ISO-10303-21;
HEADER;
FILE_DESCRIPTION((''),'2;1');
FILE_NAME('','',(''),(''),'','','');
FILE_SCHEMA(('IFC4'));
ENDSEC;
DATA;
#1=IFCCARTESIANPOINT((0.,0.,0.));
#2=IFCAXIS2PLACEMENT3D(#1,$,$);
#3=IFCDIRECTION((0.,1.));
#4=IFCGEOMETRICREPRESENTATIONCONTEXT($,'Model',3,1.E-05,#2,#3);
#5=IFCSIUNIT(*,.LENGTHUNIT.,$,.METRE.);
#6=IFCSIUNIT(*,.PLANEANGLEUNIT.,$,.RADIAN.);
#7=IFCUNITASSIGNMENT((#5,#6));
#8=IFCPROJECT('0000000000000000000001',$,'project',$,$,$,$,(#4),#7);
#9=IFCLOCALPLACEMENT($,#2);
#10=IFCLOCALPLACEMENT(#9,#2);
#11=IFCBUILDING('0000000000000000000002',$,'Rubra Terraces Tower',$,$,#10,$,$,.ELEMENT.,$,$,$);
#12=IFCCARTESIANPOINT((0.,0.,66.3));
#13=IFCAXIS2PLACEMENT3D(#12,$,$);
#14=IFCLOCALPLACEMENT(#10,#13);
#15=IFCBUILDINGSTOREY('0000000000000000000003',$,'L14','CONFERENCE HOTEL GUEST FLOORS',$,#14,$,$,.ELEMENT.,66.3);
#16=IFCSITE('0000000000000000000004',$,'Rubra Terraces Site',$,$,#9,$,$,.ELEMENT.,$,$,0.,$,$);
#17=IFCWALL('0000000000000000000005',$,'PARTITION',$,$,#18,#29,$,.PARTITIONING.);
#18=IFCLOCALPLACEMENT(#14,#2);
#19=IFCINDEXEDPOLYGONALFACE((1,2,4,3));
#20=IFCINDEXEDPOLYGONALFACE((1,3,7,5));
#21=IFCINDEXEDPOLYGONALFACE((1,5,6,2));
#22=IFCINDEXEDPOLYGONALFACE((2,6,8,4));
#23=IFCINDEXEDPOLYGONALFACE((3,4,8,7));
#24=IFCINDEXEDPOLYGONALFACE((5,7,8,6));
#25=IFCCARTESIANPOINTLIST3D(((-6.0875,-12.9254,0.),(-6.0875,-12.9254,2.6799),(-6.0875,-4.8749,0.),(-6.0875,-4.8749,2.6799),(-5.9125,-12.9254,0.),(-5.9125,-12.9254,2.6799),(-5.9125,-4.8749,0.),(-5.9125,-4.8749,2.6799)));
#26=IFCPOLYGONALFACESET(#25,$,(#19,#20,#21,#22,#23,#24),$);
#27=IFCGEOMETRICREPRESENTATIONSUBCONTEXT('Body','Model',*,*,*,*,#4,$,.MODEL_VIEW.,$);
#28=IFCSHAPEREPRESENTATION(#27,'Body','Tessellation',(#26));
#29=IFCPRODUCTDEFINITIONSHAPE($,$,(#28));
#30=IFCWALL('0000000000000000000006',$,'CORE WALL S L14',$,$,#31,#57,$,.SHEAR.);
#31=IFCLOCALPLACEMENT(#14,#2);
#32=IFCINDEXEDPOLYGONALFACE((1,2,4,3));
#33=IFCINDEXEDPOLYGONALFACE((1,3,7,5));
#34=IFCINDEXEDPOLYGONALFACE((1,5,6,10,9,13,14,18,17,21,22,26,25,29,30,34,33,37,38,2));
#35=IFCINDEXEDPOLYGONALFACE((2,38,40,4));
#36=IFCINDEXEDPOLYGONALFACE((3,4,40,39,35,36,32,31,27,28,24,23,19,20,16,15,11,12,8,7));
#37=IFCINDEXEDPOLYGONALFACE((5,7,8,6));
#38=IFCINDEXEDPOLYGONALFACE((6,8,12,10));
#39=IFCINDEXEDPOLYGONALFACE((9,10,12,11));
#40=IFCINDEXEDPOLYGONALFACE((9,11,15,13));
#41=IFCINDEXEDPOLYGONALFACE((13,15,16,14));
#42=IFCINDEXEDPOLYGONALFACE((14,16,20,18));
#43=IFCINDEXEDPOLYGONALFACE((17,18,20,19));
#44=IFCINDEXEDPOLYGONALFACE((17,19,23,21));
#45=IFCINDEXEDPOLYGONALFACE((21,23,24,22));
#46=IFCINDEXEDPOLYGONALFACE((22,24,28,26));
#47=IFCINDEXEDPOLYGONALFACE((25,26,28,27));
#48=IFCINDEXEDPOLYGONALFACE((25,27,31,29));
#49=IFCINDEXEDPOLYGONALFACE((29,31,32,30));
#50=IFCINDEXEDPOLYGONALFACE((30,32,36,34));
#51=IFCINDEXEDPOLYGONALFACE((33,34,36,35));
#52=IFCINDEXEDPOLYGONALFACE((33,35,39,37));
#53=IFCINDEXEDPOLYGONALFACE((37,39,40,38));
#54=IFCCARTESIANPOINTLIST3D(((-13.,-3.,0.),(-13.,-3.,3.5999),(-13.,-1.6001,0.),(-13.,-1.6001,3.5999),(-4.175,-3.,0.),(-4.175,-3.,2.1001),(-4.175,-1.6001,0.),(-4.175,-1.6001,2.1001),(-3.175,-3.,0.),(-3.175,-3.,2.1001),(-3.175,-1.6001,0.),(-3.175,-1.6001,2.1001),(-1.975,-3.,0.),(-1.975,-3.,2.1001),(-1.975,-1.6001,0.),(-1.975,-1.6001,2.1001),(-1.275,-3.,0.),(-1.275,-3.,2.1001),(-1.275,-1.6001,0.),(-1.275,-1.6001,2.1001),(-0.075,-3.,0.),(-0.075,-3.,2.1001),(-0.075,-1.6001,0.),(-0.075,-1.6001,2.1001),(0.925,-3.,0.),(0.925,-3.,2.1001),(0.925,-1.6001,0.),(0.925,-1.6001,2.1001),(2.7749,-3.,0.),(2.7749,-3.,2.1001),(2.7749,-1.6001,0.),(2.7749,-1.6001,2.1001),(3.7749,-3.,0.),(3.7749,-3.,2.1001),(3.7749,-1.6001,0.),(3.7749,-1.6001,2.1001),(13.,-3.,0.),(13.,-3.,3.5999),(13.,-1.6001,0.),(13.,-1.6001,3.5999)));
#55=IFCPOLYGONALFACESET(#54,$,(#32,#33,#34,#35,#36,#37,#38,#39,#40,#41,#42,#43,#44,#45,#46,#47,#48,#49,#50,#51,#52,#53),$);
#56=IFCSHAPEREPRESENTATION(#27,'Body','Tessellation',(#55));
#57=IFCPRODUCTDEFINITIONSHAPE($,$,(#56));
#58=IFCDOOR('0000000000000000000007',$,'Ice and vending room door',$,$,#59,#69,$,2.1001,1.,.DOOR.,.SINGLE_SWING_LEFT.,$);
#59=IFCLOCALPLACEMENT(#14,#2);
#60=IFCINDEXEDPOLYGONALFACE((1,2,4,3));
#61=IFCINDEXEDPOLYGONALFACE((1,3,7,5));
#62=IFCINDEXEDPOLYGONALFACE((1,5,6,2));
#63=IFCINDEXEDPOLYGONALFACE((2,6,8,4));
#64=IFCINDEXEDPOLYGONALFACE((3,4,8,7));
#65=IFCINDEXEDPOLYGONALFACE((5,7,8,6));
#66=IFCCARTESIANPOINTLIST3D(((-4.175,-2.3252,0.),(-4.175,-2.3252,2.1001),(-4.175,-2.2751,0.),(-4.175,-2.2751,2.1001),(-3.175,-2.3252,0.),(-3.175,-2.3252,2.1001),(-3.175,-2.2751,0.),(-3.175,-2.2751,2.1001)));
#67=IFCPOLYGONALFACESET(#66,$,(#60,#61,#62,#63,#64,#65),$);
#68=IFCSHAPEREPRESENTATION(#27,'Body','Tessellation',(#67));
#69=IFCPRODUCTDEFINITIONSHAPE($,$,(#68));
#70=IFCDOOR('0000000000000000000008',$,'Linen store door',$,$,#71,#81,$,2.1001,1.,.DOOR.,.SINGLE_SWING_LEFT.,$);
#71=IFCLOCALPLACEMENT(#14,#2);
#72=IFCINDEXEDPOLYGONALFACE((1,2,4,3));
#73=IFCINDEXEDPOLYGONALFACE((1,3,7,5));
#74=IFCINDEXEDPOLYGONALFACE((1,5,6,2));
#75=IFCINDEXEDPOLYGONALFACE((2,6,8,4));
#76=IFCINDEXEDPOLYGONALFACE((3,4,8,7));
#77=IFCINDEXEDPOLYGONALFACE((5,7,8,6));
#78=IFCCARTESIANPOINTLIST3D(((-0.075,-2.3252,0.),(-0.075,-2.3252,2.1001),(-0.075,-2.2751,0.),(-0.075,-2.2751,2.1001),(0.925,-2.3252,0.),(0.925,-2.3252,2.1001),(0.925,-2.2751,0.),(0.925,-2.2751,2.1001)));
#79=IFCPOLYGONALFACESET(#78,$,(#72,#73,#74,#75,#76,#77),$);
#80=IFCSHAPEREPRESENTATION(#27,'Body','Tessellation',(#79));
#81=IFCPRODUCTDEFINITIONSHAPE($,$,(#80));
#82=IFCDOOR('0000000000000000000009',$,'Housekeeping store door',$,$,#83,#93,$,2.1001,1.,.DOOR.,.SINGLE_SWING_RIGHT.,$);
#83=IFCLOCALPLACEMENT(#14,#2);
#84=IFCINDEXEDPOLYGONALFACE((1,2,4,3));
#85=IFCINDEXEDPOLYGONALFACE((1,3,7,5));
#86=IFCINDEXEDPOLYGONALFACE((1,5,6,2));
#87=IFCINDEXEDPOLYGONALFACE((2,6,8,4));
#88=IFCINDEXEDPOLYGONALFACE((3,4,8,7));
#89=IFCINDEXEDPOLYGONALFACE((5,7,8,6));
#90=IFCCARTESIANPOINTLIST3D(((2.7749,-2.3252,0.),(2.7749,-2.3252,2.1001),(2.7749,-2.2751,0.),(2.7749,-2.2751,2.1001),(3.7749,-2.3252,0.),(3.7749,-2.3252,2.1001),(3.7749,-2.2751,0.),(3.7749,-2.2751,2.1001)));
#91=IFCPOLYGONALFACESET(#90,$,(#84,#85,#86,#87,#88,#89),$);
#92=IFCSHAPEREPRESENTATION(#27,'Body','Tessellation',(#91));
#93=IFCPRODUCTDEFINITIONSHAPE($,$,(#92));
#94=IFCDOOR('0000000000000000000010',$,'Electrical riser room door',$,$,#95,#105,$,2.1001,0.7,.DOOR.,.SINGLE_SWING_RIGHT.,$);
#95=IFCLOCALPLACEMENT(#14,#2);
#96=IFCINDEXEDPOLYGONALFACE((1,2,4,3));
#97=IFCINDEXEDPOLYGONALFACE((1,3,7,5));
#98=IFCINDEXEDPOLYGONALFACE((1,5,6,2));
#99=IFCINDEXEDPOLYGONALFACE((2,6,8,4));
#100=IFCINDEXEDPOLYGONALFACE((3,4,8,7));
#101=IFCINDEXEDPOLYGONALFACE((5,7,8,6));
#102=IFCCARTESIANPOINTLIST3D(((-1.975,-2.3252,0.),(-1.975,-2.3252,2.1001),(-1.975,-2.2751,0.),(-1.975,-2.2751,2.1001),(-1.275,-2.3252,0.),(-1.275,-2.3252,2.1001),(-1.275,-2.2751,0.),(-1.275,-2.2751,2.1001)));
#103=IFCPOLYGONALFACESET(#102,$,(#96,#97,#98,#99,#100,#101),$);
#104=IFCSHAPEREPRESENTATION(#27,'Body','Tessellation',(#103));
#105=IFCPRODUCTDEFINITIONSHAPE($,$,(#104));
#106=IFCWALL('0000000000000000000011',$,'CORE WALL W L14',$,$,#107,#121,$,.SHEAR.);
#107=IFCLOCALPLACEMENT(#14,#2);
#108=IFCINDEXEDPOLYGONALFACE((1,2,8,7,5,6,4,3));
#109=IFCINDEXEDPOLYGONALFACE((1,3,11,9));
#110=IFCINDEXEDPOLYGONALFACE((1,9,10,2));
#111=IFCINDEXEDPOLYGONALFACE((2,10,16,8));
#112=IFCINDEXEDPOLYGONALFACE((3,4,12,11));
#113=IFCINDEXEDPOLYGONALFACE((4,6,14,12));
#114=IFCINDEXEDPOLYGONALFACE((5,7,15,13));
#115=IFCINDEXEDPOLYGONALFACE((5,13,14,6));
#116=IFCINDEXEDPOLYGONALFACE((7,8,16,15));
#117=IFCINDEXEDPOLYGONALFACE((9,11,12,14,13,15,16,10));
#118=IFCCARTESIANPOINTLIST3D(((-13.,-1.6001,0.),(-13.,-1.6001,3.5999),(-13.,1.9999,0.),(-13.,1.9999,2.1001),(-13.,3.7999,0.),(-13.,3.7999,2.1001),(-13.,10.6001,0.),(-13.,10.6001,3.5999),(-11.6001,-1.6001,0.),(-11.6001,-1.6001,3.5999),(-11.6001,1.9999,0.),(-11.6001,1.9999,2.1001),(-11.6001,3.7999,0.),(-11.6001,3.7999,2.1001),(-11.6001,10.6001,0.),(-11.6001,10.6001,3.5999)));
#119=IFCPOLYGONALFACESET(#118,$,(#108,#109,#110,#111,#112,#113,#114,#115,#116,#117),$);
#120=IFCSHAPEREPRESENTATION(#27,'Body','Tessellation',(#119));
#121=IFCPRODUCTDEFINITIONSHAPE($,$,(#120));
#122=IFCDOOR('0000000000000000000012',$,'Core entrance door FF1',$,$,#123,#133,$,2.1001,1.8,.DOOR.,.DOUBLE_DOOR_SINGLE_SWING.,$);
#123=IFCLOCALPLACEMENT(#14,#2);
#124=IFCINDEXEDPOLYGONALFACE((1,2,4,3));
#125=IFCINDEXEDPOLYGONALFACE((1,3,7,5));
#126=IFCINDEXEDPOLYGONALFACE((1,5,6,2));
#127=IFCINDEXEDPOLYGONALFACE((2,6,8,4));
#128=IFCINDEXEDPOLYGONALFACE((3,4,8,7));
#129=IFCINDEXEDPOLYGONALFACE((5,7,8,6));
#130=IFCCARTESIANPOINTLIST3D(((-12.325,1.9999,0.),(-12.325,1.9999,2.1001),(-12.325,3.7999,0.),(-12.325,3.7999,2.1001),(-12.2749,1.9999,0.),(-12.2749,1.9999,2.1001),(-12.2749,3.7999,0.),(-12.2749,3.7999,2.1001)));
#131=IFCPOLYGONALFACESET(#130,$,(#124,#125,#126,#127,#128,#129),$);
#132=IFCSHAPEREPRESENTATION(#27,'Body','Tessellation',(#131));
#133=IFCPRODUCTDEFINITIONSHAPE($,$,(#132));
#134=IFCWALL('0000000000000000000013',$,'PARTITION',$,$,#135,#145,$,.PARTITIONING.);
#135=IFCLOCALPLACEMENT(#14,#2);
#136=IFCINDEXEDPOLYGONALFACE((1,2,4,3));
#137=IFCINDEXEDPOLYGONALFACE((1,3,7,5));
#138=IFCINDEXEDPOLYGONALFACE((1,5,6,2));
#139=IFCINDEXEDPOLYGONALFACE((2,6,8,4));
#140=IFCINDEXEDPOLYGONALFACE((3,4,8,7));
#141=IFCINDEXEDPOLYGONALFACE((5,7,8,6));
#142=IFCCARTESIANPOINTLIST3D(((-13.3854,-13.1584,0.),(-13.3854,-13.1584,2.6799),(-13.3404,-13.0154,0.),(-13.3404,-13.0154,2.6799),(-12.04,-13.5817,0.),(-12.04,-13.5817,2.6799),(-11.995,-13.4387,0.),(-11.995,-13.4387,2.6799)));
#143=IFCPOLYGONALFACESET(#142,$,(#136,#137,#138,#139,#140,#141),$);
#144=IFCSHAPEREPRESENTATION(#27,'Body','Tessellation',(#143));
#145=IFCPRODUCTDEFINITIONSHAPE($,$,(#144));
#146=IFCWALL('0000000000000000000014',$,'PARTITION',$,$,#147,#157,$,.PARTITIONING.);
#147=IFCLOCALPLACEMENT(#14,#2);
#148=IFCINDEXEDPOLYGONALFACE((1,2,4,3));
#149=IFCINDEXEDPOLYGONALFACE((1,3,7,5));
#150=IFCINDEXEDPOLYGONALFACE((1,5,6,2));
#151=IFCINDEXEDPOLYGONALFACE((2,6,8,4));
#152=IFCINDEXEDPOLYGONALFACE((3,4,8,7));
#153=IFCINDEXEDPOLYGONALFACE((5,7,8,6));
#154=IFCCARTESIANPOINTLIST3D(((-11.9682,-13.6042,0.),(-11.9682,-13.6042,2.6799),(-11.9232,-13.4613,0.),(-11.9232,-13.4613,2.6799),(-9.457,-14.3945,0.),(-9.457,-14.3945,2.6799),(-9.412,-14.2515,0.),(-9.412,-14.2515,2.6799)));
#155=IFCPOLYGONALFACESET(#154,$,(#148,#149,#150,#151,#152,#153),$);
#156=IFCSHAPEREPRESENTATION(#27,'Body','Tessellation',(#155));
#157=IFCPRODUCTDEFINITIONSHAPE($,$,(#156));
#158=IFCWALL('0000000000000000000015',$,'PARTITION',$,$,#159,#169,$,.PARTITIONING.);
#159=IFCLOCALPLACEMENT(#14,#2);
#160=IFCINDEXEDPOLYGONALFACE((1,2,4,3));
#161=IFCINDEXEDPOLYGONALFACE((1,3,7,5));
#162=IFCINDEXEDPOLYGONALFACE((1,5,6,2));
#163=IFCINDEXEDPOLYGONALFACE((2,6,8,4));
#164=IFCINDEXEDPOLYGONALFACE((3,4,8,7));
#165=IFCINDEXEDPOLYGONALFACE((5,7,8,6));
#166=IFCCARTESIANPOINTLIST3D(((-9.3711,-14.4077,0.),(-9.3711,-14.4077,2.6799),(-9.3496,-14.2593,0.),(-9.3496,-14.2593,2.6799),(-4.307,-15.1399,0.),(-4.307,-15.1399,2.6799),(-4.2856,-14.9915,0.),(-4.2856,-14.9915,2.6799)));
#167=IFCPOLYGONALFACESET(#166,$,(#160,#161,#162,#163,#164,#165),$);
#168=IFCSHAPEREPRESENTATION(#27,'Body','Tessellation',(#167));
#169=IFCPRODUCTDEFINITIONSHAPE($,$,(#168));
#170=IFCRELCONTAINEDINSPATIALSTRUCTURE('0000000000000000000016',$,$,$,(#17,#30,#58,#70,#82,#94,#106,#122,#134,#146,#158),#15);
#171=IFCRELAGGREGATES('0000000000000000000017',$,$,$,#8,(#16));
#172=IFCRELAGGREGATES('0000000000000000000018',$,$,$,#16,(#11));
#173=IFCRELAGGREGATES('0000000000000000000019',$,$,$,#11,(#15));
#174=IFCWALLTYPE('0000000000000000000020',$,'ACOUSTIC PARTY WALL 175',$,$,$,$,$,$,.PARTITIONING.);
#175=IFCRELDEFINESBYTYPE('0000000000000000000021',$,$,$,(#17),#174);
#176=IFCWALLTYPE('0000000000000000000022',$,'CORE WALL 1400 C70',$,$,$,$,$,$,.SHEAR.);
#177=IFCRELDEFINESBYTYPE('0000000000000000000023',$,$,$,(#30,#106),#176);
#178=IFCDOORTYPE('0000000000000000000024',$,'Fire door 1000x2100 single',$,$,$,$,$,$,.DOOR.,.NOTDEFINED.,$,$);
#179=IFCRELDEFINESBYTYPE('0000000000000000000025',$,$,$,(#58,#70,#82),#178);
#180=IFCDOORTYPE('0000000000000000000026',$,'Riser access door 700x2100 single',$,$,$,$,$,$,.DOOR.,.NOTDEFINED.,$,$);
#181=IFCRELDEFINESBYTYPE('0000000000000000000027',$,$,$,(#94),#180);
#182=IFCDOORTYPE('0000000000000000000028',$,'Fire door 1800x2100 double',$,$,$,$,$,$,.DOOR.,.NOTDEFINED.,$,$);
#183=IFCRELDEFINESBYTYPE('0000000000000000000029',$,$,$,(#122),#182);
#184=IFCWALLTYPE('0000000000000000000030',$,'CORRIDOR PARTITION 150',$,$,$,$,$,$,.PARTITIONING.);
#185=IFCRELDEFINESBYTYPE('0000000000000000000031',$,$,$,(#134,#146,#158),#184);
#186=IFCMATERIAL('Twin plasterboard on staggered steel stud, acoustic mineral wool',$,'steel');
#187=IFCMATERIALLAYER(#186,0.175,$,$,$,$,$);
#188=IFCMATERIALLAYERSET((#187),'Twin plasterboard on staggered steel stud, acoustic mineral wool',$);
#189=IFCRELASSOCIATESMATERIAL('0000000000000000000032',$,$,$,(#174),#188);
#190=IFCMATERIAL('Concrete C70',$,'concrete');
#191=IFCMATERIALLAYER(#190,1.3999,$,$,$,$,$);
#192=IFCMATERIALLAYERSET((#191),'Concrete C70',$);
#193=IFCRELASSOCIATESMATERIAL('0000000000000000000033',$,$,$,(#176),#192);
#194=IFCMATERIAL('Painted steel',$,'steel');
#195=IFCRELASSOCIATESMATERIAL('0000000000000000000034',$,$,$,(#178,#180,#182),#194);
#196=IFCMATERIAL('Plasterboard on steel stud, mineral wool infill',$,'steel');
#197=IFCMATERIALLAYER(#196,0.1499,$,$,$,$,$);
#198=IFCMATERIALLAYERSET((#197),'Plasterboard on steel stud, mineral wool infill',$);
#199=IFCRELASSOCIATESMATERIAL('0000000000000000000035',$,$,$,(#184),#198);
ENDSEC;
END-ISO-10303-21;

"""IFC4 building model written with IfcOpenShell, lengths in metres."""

from ifc_helpers import new_model, si_unit, direction, frame, frame_2d, origin, place, context, subcontext, project, spatial, rectangle, extrude, material, layer, layer_set, type_object, element, fill, save


model = new_model("IFC4")

# Units and contexts
model_context = context("Model", 3, precision=1e-05, world=origin(), true_north=direction((0.0, 1.0)))
body_context = subcontext(model_context, "Body", "Model", "MODEL_VIEW")
ifc_project = project(units=[si_unit("LENGTHUNIT", "METRE"), si_unit("PLANEANGLEUNIT", "RADIAN")], contexts=[model_context])

# Site, building, storey
site_placement = place(None, origin())
site = spatial("IfcSite", under=ifc_project, at=site_placement, Name="Rubra Terraces Site", CompositionType="ELEMENT", RefElevation=0.0)
building_placement = place(site_placement, origin())
building = spatial("IfcBuilding", under=site, at=building_placement, Name="Rubra Terraces Tower", CompositionType="ELEMENT")
storey_placement = place(building_placement, frame((0.0, 0.0, 66.3)))
storey = spatial("IfcBuildingStorey", under=building, at=storey_placement, Name="L14", Description="CONFERENCE HOTEL GUEST FLOORS", CompositionType="ELEMENT", Elevation=66.3)

# Wall
ifc_material_1 = material(Name="Twin plasterboard on staggered steel stud, acoustic mineral wool", Category="steel")
ifc_layer_1 = layer(ifc_material_1, 0.175)
ifc_layer_set_1 = layer_set([ifc_layer_1], Name="Twin plasterboard on staggered steel stud, acoustic mineral wool")
wall_type_1 = type_object("IfcWallType", Name="ACOUSTIC PARTY WALL 175", PredefinedType="PARTITIONING", material=ifc_layer_set_1)
wall_1_placement = place(storey_placement, frame((-6.0, -12.9255, 0.0), z_axis=(0.0, 0.0, 1.0), x_axis=(0.0, 1.0, 0.0)))
element("IfcWall", 1, at=wall_1_placement, inside=storey, type_object=wall_type_1, Name="PARTITION", PredefinedType="PARTITIONING", context=body_context, shape_type="SweptSolid", body=[
    extrude(rectangle(XDim=8.0505, YDim=0.175, at=frame_2d((4.0254, 0.0))), origin(), (0.0, 0.0, 1.0), 2.6799),
])

# Wall, openings, doors
ifc_material_2 = material(Name="Concrete C70", Category="concrete")
ifc_layer_2 = layer(ifc_material_2, 1.3999)
ifc_layer_set_2 = layer_set([ifc_layer_2], Name="Concrete C70")
wall_type_2 = type_object("IfcWallType", Name="CORE WALL 1400 C70", PredefinedType="SHEAR", material=ifc_layer_set_2)
wall_2_placement = place(storey_placement, frame((-13.0, -2.3, 0.0), z_axis=(0.0, 0.0, 1.0), x_axis=(1.0, 0.0, 0.0)))
wall_2 = element("IfcWall", 2, at=wall_2_placement, inside=storey, type_object=wall_type_2, Name="CORE WALL S L14", PredefinedType="SHEAR", context=body_context, shape_type="SweptSolid", body=[
    extrude(rectangle(XDim=26.0, YDim=1.3999, at=frame_2d((13.0, 0.0))), origin(), (0.0, 0.0, 1.0), 3.5999),
])
opening_1_placement = place(wall_2_placement, frame((8.825, 0.0, 0.0)))
opening_1 = element("IfcOpeningElement", 3, at=opening_1_placement, cuts=wall_2, PredefinedType="OPENING", context=body_context, shape_type="SweptSolid", body=[
    extrude(rectangle(XDim=1.0, YDim=2.1001, at=frame_2d((0.5, 1.05))), frame((0.0, 0.71, 0.0), z_axis=(0.0, -1.0, 0.0), x_axis=(1.0, 0.0, 0.0)), (0.0, 0.0, 1.0), 1.4199),
])
opening_2_placement = place(wall_2_placement, frame((11.0249, 0.0, 0.0)))
opening_2 = element("IfcOpeningElement", 4, at=opening_2_placement, cuts=wall_2, PredefinedType="OPENING", context=body_context, shape_type="SweptSolid", body=[
    extrude(rectangle(XDim=0.7, YDim=2.1001, at=frame_2d((0.3501, 1.05))), frame((0.0, 0.71, 0.0), z_axis=(0.0, -1.0, 0.0), x_axis=(1.0, 0.0, 0.0)), (0.0, 0.0, 1.0), 1.4199),
])
opening_3_placement = place(wall_2_placement, frame((12.925, 0.0, 0.0)))
opening_3 = element("IfcOpeningElement", 5, at=opening_3_placement, cuts=wall_2, PredefinedType="OPENING", context=body_context, shape_type="SweptSolid", body=[
    extrude(rectangle(XDim=1.0, YDim=2.1001, at=frame_2d((0.5, 1.05))), frame((0.0, 0.71, 0.0), z_axis=(0.0, -1.0, 0.0), x_axis=(1.0, 0.0, 0.0)), (0.0, 0.0, 1.0), 1.4199),
])
opening_4_placement = place(wall_2_placement, frame((15.7749, 0.0, 0.0)))
opening_4 = element("IfcOpeningElement", 6, at=opening_4_placement, cuts=wall_2, PredefinedType="OPENING", context=body_context, shape_type="SweptSolid", body=[
    extrude(rectangle(XDim=1.0, YDim=2.1001, at=frame_2d((0.5, 1.05))), frame((0.0, 0.71, 0.0), z_axis=(0.0, -1.0, 0.0), x_axis=(1.0, 0.0, 0.0)), (0.0, 0.0, 1.0), 1.4199),
])
ifc_material_3 = material(Name="Painted steel", Category="steel")
door_type_1 = type_object("IfcDoorType", Name="Fire door 1000x2100 single", OperationType="NOTDEFINED", PredefinedType="DOOR", material=ifc_material_3)
door_1_placement = place(opening_1_placement, origin())
door_1 = element("IfcDoor", 7, at=door_1_placement, inside=storey, type_object=door_type_1, Name="Ice and vending room door", OperationType="SINGLE_SWING_LEFT", OverallHeight=2.1001, OverallWidth=1.0, PredefinedType="DOOR", context=body_context, shape_type="SweptSolid", body=[
    extrude(rectangle(XDim=1.0, YDim=2.1001, at=frame_2d((0.5, 1.05))), frame((0.0, 0.0249, 0.0), z_axis=(0.0, -1.0, 0.0), x_axis=(1.0, 0.0, 0.0)), (0.0, 0.0, 1.0), 0.05),
])
fill(opening_1, door_1)
door_2_placement = place(opening_3_placement, origin())
door_2 = element("IfcDoor", 8, at=door_2_placement, inside=storey, type_object=door_type_1, Name="Linen store door", OperationType="SINGLE_SWING_LEFT", OverallHeight=2.1001, OverallWidth=1.0, PredefinedType="DOOR", context=body_context, shape_type="SweptSolid", body=[
    extrude(rectangle(XDim=1.0, YDim=2.1001, at=frame_2d((0.5, 1.05))), frame((0.0, 0.0249, 0.0), z_axis=(0.0, -1.0, 0.0), x_axis=(1.0, 0.0, 0.0)), (0.0, 0.0, 1.0), 0.05),
])
fill(opening_3, door_2)
door_3_placement = place(opening_4_placement, origin())
door_3 = element("IfcDoor", 9, at=door_3_placement, inside=storey, type_object=door_type_1, Name="Housekeeping store door", OperationType="SINGLE_SWING_RIGHT", OverallHeight=2.1001, OverallWidth=1.0, PredefinedType="DOOR", context=body_context, shape_type="SweptSolid", body=[
    extrude(rectangle(XDim=1.0, YDim=2.1001, at=frame_2d((0.5, 1.05))), frame((0.0, 0.0249, 0.0), z_axis=(0.0, -1.0, 0.0), x_axis=(1.0, 0.0, 0.0)), (0.0, 0.0, 1.0), 0.05),
])
fill(opening_4, door_3)
door_type_2 = type_object("IfcDoorType", Name="Riser access door 700x2100 single", OperationType="NOTDEFINED", PredefinedType="DOOR", material=ifc_material_3)
door_4_placement = place(opening_2_placement, origin())
door_4 = element("IfcDoor", 10, at=door_4_placement, inside=storey, type_object=door_type_2, Name="Electrical riser room door", OperationType="SINGLE_SWING_RIGHT", OverallHeight=2.1001, OverallWidth=0.7, PredefinedType="DOOR", context=body_context, shape_type="SweptSolid", body=[
    extrude(rectangle(XDim=0.7, YDim=2.1001, at=frame_2d((0.3501, 1.05))), frame((0.0, 0.0249, 0.0), z_axis=(0.0, -1.0, 0.0), x_axis=(1.0, 0.0, 0.0)), (0.0, 0.0, 1.0), 0.05),
])
fill(opening_2, door_4)

# Wall, opening, door
wall_3_placement = place(storey_placement, frame((-12.3, -1.6001, 0.0), z_axis=(0.0, 0.0, 1.0), x_axis=(0.0, 1.0, 0.0)))
wall_3 = element("IfcWall", 11, at=wall_3_placement, inside=storey, type_object=wall_type_2, Name="CORE WALL W L14", PredefinedType="SHEAR", context=body_context, shape_type="SweptSolid", body=[
    extrude(rectangle(XDim=12.2002, YDim=1.3999, at=frame_2d((6.1001, 0.0))), origin(), (0.0, 0.0, 1.0), 3.5999),
])
opening_5_placement = place(wall_3_placement, frame((3.6001, 0.0, 0.0)))
opening_5 = element("IfcOpeningElement", 12, at=opening_5_placement, cuts=wall_3, PredefinedType="OPENING", context=body_context, shape_type="SweptSolid", body=[
    extrude(rectangle(XDim=1.8, YDim=2.1001, at=frame_2d((0.8999, 1.05))), frame((0.0, 0.71, 0.0), z_axis=(0.0, -1.0, 0.0), x_axis=(1.0, 0.0, 0.0)), (0.0, 0.0, 1.0), 1.4199),
])
door_type_3 = type_object("IfcDoorType", Name="Fire door 1800x2100 double", OperationType="NOTDEFINED", PredefinedType="DOOR", material=ifc_material_3)
door_5_placement = place(opening_5_placement, origin())
door_5 = element("IfcDoor", 13, at=door_5_placement, inside=storey, type_object=door_type_3, Name="Core entrance door FF1", OperationType="DOUBLE_DOOR_SINGLE_SWING", OverallHeight=2.1001, OverallWidth=1.8, PredefinedType="DOOR", context=body_context, shape_type="SweptSolid", body=[
    extrude(rectangle(XDim=1.8, YDim=2.1001, at=frame_2d((0.8999, 1.05))), frame((0.0, 0.0249, 0.0), z_axis=(0.0, -1.0, 0.0), x_axis=(1.0, 0.0, 0.0)), (0.0, 0.0, 1.0), 0.05),
])
fill(opening_5, door_5)

# Walls
ifc_material_4 = material(Name="Plasterboard on steel stud, mineral wool infill", Category="steel")
ifc_layer_3 = layer(ifc_material_4, 0.1499)
ifc_layer_set_3 = layer_set([ifc_layer_3], Name="Plasterboard on steel stud, mineral wool infill")
wall_type_3 = type_object("IfcWallType", Name="CORRIDOR PARTITION 150", PredefinedType="PARTITIONING", material=ifc_layer_set_3)
wall_4_placement = place(storey_placement, frame((-13.3628, -13.0869, 0.0), z_axis=(0.0, 0.0, 1.0), x_axis=(0.953896, -0.300137, 0.0)))
element("IfcWall", 14, at=wall_4_placement, inside=storey, type_object=wall_type_3, Name="PARTITION", PredefinedType="PARTITIONING", context=body_context, shape_type="SweptSolid", body=[
    extrude(rectangle(XDim=1.4104, YDim=0.1499, at=frame_2d((0.7051, 0.0))), origin(), (0.0, 0.0, 1.0), 2.6799),
])
wall_5_placement = place(storey_placement, frame((-11.9458, -13.5327, 0.0), z_axis=(0.0, 0.0, 1.0), x_axis=(0.953881, -0.300186, 0.0)))
element("IfcWall", 15, at=wall_5_placement, inside=storey, type_object=wall_type_3, Name="PARTITION", PredefinedType="PARTITIONING", context=body_context, shape_type="SweptSolid", body=[
    extrude(rectangle(XDim=2.6326, YDim=0.1499, at=frame_2d((1.3164, 0.0))), origin(), (0.0, 0.0, 1.0), 2.6799),
])
wall_6_placement = place(storey_placement, frame((-9.3604, -14.3335, 0.0), z_axis=(0.0, 0.0, 1.0), x_axis=(0.989709, -0.143098, 0.0)))
element("IfcWall", 16, at=wall_6_placement, inside=storey, type_object=wall_type_3, Name="PARTITION", PredefinedType="PARTITIONING", context=body_context, shape_type="SweptSolid", body=[
    extrude(rectangle(XDim=5.1167, YDim=0.1499, at=frame_2d((2.5583, 0.0))), origin(), (0.0, 0.0, 1.0), 2.6799),
])

save(model, "model.ifc")
